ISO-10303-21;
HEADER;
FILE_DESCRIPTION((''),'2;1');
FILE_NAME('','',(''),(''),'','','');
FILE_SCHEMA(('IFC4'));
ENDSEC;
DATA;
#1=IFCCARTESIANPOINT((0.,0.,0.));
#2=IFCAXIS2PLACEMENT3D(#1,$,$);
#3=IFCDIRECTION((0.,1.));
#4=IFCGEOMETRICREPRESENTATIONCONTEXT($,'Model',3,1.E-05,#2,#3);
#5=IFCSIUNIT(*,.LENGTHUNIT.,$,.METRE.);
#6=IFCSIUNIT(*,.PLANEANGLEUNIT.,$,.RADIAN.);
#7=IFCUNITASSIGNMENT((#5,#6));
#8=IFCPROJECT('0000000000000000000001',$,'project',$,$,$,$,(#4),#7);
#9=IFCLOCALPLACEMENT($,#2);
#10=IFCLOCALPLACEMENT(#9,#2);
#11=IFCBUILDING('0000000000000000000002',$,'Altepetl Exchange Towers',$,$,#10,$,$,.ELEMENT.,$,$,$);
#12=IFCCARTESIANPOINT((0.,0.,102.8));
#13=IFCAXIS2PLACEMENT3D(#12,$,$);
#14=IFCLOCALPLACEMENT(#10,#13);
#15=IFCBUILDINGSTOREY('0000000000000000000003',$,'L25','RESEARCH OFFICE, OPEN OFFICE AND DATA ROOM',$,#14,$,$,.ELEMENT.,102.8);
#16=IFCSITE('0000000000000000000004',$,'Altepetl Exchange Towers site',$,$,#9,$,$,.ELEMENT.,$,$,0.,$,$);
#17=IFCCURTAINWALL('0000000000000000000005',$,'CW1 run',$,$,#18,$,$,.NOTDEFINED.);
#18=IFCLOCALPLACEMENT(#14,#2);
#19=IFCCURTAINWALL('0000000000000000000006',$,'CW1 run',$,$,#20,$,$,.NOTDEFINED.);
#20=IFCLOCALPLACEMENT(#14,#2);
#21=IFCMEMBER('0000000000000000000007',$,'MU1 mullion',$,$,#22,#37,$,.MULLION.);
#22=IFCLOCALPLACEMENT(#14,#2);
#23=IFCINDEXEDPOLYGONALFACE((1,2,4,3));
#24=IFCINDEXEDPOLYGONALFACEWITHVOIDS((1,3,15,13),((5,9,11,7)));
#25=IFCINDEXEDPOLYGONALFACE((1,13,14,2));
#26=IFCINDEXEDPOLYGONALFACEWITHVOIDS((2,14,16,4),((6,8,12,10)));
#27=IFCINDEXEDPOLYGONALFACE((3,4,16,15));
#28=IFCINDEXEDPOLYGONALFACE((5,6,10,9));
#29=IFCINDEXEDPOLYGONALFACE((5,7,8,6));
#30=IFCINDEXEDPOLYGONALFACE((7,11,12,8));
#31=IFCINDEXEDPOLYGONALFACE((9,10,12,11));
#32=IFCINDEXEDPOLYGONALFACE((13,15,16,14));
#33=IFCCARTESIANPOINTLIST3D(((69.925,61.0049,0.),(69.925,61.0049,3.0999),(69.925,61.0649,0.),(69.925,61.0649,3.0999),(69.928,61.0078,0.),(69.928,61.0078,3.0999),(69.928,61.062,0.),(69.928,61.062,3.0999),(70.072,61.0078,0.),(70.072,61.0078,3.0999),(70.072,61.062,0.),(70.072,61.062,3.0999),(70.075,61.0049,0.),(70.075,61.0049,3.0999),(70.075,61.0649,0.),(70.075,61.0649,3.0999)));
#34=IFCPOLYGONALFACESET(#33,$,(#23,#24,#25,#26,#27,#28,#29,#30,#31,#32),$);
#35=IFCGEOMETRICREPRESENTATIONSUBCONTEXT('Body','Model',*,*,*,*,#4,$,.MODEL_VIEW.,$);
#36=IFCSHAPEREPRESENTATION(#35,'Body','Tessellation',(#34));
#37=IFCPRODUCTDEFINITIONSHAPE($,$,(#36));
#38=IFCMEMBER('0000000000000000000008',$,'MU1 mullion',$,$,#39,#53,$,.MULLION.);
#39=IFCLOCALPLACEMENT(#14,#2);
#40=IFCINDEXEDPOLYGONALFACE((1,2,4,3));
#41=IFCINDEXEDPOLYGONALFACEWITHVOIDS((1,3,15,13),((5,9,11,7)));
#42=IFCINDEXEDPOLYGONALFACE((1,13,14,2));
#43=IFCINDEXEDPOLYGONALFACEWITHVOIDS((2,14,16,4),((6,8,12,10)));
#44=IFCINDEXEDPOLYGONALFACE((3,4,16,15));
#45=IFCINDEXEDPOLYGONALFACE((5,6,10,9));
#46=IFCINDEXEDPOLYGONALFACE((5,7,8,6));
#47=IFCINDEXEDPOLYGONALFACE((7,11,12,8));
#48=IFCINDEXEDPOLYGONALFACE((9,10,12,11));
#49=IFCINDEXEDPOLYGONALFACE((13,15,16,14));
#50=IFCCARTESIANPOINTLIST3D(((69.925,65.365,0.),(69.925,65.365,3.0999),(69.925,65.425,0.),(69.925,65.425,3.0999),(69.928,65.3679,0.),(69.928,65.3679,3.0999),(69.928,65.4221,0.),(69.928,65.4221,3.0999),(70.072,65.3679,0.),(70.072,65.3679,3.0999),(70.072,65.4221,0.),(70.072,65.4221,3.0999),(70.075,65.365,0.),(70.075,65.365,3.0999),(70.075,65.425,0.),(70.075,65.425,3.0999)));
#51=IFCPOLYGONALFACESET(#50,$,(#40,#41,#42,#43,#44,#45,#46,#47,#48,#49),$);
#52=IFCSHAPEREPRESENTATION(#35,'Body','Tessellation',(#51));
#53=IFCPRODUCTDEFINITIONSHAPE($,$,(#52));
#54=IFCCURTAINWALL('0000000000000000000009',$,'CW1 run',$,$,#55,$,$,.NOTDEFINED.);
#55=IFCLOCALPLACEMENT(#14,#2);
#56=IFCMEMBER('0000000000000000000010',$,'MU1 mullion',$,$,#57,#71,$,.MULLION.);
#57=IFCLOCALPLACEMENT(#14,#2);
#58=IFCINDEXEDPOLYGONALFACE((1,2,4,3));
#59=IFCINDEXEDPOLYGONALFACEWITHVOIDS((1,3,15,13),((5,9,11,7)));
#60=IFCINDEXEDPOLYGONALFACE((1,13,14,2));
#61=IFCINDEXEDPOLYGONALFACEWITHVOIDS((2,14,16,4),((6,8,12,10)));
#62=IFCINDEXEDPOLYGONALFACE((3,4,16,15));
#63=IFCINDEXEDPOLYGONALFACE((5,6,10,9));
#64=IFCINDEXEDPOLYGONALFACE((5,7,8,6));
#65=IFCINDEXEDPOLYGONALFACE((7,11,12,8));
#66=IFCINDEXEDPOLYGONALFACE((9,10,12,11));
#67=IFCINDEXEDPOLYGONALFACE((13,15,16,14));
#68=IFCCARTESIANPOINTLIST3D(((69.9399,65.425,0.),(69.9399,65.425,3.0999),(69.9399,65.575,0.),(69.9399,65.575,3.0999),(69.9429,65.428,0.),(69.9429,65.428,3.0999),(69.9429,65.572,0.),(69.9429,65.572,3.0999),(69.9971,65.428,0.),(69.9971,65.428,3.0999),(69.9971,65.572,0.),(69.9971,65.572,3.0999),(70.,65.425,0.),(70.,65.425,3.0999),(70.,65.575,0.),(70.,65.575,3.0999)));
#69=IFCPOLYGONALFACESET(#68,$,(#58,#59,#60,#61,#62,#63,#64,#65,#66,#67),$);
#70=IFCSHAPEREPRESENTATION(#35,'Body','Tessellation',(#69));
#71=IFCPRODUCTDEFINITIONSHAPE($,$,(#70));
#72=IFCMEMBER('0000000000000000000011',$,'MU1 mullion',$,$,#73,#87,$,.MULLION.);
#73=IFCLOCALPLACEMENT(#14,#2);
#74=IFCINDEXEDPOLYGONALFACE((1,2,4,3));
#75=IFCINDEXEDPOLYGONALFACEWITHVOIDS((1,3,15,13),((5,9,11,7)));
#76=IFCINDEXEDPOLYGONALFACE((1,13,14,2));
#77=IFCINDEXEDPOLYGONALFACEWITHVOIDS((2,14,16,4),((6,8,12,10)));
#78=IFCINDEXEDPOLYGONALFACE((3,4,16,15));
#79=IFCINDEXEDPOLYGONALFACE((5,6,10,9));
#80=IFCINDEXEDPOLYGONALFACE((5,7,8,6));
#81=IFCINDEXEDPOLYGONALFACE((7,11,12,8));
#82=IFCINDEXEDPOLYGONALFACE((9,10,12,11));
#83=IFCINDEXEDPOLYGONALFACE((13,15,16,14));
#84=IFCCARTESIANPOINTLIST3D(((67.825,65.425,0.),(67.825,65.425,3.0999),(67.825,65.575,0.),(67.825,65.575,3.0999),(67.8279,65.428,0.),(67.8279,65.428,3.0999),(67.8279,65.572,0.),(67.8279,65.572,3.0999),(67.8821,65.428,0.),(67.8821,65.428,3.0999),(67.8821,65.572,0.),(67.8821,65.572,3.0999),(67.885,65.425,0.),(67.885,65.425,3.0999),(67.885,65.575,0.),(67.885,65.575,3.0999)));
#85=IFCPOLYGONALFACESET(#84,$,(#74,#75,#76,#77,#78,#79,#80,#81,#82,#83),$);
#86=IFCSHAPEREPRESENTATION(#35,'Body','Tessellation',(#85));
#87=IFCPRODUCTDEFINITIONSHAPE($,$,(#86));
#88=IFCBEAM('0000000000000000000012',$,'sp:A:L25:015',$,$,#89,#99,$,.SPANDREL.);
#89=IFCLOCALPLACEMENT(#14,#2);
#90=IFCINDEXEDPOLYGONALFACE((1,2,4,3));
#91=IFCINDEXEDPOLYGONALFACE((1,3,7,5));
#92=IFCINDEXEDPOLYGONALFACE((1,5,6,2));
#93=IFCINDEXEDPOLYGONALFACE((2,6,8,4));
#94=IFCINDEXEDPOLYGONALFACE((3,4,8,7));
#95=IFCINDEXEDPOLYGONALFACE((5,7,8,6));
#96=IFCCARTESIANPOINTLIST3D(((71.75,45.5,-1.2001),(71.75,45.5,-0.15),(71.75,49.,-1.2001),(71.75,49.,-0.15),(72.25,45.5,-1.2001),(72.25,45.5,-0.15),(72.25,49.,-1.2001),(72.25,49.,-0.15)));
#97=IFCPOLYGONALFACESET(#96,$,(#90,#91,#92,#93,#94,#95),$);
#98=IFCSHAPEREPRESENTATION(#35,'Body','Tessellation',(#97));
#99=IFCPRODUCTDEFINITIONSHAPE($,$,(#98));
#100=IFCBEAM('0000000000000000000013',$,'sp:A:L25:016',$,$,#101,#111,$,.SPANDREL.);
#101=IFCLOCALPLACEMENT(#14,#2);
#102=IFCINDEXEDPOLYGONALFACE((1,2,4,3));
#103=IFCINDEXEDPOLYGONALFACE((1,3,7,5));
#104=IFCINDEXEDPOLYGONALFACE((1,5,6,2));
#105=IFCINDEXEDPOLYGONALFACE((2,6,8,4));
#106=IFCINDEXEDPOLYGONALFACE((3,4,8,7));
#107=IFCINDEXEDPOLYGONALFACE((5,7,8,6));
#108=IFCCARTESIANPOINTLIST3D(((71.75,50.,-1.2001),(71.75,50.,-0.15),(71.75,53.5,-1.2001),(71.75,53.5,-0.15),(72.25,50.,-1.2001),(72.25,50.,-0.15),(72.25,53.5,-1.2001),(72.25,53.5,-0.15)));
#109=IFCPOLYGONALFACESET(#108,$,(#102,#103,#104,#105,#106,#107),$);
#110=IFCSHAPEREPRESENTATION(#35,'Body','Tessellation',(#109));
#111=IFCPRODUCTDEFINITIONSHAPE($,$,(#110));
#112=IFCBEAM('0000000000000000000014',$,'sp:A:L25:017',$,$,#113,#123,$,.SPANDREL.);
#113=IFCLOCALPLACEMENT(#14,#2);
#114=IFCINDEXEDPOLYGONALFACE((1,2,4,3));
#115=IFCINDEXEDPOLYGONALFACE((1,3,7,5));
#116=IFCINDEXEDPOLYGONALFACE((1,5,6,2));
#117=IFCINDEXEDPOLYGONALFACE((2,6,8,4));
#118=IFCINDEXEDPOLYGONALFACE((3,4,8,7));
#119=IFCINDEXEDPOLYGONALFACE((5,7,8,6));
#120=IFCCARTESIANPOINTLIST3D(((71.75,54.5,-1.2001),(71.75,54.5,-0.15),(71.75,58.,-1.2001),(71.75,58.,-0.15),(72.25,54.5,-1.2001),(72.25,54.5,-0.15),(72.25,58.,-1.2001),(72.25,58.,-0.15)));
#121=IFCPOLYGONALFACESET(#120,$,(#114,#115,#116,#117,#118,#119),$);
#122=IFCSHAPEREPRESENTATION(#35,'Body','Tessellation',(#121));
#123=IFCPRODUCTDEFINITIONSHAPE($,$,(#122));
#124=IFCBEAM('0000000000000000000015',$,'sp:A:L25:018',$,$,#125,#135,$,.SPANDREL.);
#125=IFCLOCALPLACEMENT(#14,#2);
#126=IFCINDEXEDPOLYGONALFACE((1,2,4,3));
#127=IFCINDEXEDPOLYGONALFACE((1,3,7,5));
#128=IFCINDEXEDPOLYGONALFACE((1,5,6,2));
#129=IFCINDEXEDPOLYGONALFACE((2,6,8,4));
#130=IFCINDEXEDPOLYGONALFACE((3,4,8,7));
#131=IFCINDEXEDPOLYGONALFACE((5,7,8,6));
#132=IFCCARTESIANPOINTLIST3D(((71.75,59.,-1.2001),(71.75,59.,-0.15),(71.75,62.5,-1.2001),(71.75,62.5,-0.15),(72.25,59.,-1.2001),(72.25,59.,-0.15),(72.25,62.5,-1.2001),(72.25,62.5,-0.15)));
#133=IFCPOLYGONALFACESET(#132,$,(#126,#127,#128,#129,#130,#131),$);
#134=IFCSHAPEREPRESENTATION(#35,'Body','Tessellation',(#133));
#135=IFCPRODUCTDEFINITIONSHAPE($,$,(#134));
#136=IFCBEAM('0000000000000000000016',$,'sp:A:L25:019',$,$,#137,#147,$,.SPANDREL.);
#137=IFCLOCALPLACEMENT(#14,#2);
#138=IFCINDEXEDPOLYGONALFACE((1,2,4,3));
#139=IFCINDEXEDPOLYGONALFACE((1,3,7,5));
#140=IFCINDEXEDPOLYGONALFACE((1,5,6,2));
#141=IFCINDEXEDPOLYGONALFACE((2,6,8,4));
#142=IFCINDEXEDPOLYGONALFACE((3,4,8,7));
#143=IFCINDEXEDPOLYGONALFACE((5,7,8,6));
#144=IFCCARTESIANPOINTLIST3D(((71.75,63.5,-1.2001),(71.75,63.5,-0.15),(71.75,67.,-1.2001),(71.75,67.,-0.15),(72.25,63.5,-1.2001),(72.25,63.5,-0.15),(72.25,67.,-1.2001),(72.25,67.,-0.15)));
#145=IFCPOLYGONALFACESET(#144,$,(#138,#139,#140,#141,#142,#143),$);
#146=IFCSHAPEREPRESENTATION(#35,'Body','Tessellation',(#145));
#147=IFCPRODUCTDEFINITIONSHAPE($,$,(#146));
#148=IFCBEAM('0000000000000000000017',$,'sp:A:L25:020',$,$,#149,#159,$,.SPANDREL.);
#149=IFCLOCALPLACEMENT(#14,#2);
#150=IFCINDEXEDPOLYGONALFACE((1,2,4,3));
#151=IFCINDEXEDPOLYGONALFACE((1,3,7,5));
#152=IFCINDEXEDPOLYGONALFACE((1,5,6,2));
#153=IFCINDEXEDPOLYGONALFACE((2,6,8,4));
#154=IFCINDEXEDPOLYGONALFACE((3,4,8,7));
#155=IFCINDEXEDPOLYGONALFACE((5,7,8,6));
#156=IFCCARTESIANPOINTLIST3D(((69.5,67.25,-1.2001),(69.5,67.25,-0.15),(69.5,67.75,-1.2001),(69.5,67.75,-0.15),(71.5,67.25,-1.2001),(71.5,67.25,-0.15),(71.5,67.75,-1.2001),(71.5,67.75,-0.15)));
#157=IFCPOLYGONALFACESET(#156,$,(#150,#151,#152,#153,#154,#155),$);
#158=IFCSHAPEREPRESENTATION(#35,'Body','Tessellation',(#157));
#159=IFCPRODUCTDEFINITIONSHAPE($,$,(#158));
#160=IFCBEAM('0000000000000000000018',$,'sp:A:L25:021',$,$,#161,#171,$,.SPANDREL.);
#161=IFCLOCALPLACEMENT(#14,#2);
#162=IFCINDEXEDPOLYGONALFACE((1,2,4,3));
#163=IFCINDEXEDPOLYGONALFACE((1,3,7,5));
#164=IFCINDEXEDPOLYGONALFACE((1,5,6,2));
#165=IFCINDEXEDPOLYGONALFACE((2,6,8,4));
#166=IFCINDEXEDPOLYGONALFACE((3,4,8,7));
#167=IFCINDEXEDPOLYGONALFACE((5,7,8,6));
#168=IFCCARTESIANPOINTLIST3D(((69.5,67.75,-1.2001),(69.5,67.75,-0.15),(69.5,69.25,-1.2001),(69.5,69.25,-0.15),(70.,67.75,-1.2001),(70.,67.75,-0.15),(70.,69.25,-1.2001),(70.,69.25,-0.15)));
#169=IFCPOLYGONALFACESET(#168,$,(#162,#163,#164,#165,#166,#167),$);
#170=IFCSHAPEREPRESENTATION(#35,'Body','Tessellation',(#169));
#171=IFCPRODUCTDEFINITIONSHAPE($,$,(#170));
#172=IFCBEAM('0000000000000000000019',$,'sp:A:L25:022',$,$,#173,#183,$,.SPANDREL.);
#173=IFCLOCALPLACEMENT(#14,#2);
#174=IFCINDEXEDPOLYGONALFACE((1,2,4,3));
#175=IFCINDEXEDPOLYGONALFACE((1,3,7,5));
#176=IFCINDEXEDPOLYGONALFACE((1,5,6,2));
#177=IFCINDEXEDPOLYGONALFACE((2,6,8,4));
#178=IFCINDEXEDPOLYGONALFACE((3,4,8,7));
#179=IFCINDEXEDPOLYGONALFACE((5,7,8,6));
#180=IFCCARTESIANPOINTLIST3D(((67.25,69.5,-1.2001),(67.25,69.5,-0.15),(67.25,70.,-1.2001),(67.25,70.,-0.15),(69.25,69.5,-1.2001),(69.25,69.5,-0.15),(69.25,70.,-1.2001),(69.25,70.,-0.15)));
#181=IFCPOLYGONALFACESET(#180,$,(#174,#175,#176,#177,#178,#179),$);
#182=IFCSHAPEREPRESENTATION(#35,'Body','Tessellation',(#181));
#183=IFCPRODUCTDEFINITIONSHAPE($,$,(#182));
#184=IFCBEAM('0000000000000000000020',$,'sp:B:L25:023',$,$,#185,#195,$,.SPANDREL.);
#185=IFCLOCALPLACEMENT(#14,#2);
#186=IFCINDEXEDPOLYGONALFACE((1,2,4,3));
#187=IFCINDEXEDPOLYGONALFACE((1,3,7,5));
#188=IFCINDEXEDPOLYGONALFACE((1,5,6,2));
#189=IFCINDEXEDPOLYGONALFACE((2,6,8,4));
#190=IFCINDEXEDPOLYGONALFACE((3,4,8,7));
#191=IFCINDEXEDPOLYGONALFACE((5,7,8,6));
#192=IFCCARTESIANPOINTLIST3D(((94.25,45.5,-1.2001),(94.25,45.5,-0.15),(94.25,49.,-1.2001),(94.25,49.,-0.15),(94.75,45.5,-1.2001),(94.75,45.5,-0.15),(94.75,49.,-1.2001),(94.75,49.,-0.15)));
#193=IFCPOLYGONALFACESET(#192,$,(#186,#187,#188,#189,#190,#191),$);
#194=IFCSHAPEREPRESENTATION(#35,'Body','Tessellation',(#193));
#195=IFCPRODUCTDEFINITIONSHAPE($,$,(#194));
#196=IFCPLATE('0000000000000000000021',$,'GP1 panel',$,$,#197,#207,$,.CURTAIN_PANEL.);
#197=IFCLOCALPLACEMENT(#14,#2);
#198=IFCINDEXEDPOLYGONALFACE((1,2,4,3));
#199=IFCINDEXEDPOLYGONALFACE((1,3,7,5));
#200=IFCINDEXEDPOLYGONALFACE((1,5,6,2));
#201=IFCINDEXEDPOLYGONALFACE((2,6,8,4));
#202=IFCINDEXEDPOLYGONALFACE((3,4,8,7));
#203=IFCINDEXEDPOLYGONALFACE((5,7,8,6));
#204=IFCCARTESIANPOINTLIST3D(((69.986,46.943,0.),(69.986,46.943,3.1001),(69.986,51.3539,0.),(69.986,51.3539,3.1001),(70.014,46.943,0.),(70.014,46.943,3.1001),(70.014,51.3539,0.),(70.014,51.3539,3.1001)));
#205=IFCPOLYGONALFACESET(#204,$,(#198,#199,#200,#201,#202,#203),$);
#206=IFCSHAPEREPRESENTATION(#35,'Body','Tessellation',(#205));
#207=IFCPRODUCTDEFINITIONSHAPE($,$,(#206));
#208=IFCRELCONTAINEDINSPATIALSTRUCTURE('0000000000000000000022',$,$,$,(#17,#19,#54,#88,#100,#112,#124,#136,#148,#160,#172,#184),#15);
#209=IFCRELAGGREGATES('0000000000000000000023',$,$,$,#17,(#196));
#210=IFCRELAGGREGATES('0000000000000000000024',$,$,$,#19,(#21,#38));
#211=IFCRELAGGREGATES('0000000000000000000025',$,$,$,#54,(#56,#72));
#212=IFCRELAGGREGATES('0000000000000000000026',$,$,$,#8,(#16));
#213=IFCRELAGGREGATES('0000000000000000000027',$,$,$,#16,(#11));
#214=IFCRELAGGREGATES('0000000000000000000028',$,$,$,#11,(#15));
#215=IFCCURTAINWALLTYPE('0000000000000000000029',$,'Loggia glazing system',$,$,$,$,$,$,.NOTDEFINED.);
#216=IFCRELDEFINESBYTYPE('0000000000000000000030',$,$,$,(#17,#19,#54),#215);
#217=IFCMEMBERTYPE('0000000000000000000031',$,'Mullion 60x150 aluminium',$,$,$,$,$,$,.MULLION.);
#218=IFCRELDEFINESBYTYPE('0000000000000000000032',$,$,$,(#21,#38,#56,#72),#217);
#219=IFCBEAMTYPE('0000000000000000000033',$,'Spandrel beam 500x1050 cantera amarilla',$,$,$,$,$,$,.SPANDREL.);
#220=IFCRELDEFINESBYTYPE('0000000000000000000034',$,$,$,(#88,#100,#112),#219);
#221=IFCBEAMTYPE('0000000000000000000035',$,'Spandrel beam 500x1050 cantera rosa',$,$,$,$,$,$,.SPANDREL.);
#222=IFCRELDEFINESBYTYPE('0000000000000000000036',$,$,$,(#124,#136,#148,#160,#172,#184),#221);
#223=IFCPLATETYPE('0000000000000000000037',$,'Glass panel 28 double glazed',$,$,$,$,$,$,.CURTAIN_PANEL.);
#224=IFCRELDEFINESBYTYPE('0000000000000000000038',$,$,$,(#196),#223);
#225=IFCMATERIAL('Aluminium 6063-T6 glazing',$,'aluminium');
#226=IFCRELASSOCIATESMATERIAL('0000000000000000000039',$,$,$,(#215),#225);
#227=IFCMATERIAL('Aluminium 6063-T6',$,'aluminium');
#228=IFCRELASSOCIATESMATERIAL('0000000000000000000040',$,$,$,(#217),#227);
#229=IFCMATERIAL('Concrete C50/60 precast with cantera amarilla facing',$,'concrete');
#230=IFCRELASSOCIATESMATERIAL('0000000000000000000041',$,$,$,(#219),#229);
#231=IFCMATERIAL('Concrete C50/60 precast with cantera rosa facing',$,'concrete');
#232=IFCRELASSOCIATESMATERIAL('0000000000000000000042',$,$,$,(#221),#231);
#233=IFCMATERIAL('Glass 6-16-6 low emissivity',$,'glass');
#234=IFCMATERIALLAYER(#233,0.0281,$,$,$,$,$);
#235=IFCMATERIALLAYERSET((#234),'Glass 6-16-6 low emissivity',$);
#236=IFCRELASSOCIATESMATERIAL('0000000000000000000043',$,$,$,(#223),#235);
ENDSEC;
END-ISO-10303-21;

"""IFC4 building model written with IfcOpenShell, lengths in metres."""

from ifc_helpers import new_model, si_unit, direction, frame, origin, origin_2d, place, context, subcontext, project, spatial, rectangle, hollow_rectangle, extrude, material, layer, layer_set, material_profile, profile_set, type_object, element, aggregate, save


model = new_model("IFC4")

# Units and contexts
model_context = context("Model", 3, precision=1e-05, world=origin(), true_north=direction((0.0, 1.0)))
body_context = subcontext(model_context, "Body", "Model", "MODEL_VIEW")
ifc_project = project(units=[si_unit("LENGTHUNIT", "METRE"), si_unit("PLANEANGLEUNIT", "RADIAN")], contexts=[model_context])

# Site, building, storey
site_placement = place(None, origin())
site = spatial("IfcSite", under=ifc_project, at=site_placement, Name="Altepetl Exchange Towers site", CompositionType="ELEMENT", RefElevation=0.0)
building_placement = place(site_placement, origin())
building = spatial("IfcBuilding", under=site, at=building_placement, Name="Altepetl Exchange Towers", CompositionType="ELEMENT")
storey_placement = place(building_placement, frame((0.0, 0.0, 102.8)))
storey = spatial("IfcBuildingStorey", under=building, at=storey_placement, Name="L25", Description="RESEARCH OFFICE, OPEN OFFICE AND DATA ROOM", CompositionType="ELEMENT", Elevation=102.8)

# Curtain walls, members
ifc_material_1 = material(Name="Aluminium 6063-T6 glazing", Category="aluminium")
curtain_wall_type = type_object("IfcCurtainWallType", Name="Loggia glazing system", PredefinedType="NOTDEFINED", material=ifc_material_1)
curtain_wall_1_placement = place(storey_placement, origin())
curtain_wall_1 = element("IfcCurtainWall", 1, at=curtain_wall_1_placement, inside=storey, type_object=curtain_wall_type, Name="CW1 run", PredefinedType="NOTDEFINED")
ifc_material_2 = material(Name="Aluminium 6063-T6", Category="aluminium")
ifc_material_profile_1 = material_profile(ifc_material_2, hollow_rectangle(XDim=0.0601, YDim=0.1499, WallThickness=0.0029, at=origin_2d()), Name="Mullion 60x150 aluminium")
ifc_profile_set_1 = profile_set([ifc_material_profile_1], Name="Aluminium 6063-T6")
member_type = type_object("IfcMemberType", Name="Mullion 60x150 aluminium", PredefinedType="MULLION", material=ifc_profile_set_1)
curtain_wall_2_placement = place(storey_placement, origin())
curtain_wall_2 = element("IfcCurtainWall", 2, at=curtain_wall_2_placement, inside=storey, type_object=curtain_wall_type, Name="CW1 run", PredefinedType="NOTDEFINED")
member_1_placement = place(storey_placement, frame((70.0, 61.0349, 0.0), z_axis=(0.0, 0.0, 1.0), x_axis=(0.0, 1.0, 0.0)))
member_1 = element("IfcMember", 3, at=member_1_placement, type_object=member_type, Name="MU1 mullion", PredefinedType="MULLION", context=body_context, shape_type="SweptSolid", body=[
    extrude(hollow_rectangle(XDim=0.0601, YDim=0.1499, WallThickness=0.0029, at=origin_2d()), origin(), (0.0, 0.0, 1.0), 3.0999),
])
member_2_placement = place(storey_placement, frame((70.0, 65.395, 0.0), z_axis=(0.0, 0.0, 1.0), x_axis=(0.0, 1.0, 0.0)))
member_2 = element("IfcMember", 4, at=member_2_placement, type_object=member_type, Name="MU1 mullion", PredefinedType="MULLION", context=body_context, shape_type="SweptSolid", body=[
    extrude(hollow_rectangle(XDim=0.0601, YDim=0.1499, WallThickness=0.0029, at=origin_2d()), origin(), (0.0, 0.0, 1.0), 3.0999),
])
curtain_wall_3_placement = place(storey_placement, origin())
curtain_wall_3 = element("IfcCurtainWall", 5, at=curtain_wall_3_placement, inside=storey, type_object=curtain_wall_type, Name="CW1 run", PredefinedType="NOTDEFINED")
member_3_placement = place(storey_placement, frame((69.97, 65.5, 0.0), z_axis=(0.0, 0.0, 1.0), x_axis=(-1.0, 0.0, 0.0)))
member_3 = element("IfcMember", 6, at=member_3_placement, type_object=member_type, Name="MU1 mullion", PredefinedType="MULLION", context=body_context, shape_type="SweptSolid", body=[
    extrude(hollow_rectangle(XDim=0.0601, YDim=0.1499, WallThickness=0.0029, at=origin_2d()), origin(), (0.0, 0.0, 1.0), 3.0999),
])
member_4_placement = place(storey_placement, frame((67.855, 65.5, 0.0), z_axis=(0.0, 0.0, 1.0), x_axis=(-1.0, 0.0, 0.0)))
member_4 = element("IfcMember", 7, at=member_4_placement, type_object=member_type, Name="MU1 mullion", PredefinedType="MULLION", context=body_context, shape_type="SweptSolid", body=[
    extrude(hollow_rectangle(XDim=0.0601, YDim=0.1499, WallThickness=0.0029, at=origin_2d()), origin(), (0.0, 0.0, 1.0), 3.0999),
])

# Beams
ifc_material_3 = material(Name="Concrete C50/60 precast with cantera amarilla facing", Category="concrete")
ifc_material_profile_2 = material_profile(ifc_material_3, rectangle(XDim=0.5, YDim=1.05, at=origin_2d()), Name="500 x 1050")
ifc_profile_set_2 = profile_set([ifc_material_profile_2], Name="Concrete C50/60 precast with cantera amarilla facing")
beam_type_1 = type_object("IfcBeamType", Name="Spandrel beam 500x1050 cantera amarilla", PredefinedType="SPANDREL", material=ifc_profile_set_2)
for number, where, z_axis, x_axis, name in (
    (8, (72.0, 45.5, -0.675), (0.0, 1.0, 0.0), (-1.0, 0.0, 0.0), "sp:A:L25:015"),
    (9, (72.0, 50.0, -0.675), (0.0, 1.0, 0.0), (-1.0, 0.0, 0.0), "sp:A:L25:016"),
    (10, (72.0, 54.5, -0.675), (0.0, 1.0, 0.0), (-1.0, 0.0, 0.0), "sp:A:L25:017"),
):
    element("IfcBeam", number, at=place(storey_placement, frame(where, z_axis=z_axis, x_axis=x_axis)), inside=storey, type_object=beam_type_1, Name=name, PredefinedType="SPANDREL", context=body_context, shape_type="SweptSolid", body=[
        extrude(rectangle(XDim=0.5, YDim=1.05, at=origin_2d()), origin(), (0.0, 0.0, 1.0), 3.5),
    ])
ifc_material_4 = material(Name="Concrete C50/60 precast with cantera rosa facing", Category="concrete")
ifc_material_profile_3 = material_profile(ifc_material_4, rectangle(XDim=0.5, YDim=1.05, at=origin_2d()), Name="500 x 1050")
ifc_profile_set_3 = profile_set([ifc_material_profile_3], Name="Concrete C50/60 precast with cantera rosa facing")
beam_type_2 = type_object("IfcBeamType", Name="Spandrel beam 500x1050 cantera rosa", PredefinedType="SPANDREL", material=ifc_profile_set_3)
for number, where, z_axis, x_axis, name in (
    (11, (72.0, 59.0, -0.675), (0.0, 1.0, 0.0), (-1.0, 0.0, 0.0), "sp:A:L25:018"),
    (12, (72.0, 63.5, -0.675), (0.0, 1.0, 0.0), (-1.0, 0.0, 0.0), "sp:A:L25:019"),
):
    element("IfcBeam", number, at=place(storey_placement, frame(where, z_axis=z_axis, x_axis=x_axis)), inside=storey, type_object=beam_type_2, Name=name, PredefinedType="SPANDREL", context=body_context, shape_type="SweptSolid", body=[
        extrude(rectangle(XDim=0.5, YDim=1.05, at=origin_2d()), origin(), (0.0, 0.0, 1.0), 3.5),
    ])
beam_1_placement = place(storey_placement, frame((71.5, 67.5, -0.675), z_axis=(-1.0, 0.0, 0.0), x_axis=(0.0, -1.0, 0.0)))
element("IfcBeam", 13, at=beam_1_placement, inside=storey, type_object=beam_type_2, Name="sp:A:L25:020", PredefinedType="SPANDREL", context=body_context, shape_type="SweptSolid", body=[
    extrude(rectangle(XDim=0.5, YDim=1.05, at=origin_2d()), origin(), (0.0, 0.0, 1.0), 2.0),
])
beam_2_placement = place(storey_placement, frame((69.75, 67.75, -0.675), z_axis=(0.0, 1.0, 0.0), x_axis=(-1.0, 0.0, 0.0)))
element("IfcBeam", 14, at=beam_2_placement, inside=storey, type_object=beam_type_2, Name="sp:A:L25:021", PredefinedType="SPANDREL", context=body_context, shape_type="SweptSolid", body=[
    extrude(rectangle(XDim=0.5, YDim=1.05, at=origin_2d()), origin(), (0.0, 0.0, 1.0), 1.5),
])
beam_3_placement = place(storey_placement, frame((69.25, 69.75, -0.675), z_axis=(-1.0, 0.0, 0.0), x_axis=(0.0, -1.0, 0.0)))
element("IfcBeam", 15, at=beam_3_placement, inside=storey, type_object=beam_type_2, Name="sp:A:L25:022", PredefinedType="SPANDREL", context=body_context, shape_type="SweptSolid", body=[
    extrude(rectangle(XDim=0.5, YDim=1.05, at=origin_2d()), origin(), (0.0, 0.0, 1.0), 2.0),
])
beam_4_placement = place(storey_placement, frame((94.5, 49.0, -0.675), z_axis=(0.0, -1.0, 0.0), x_axis=(1.0, 0.0, 0.0)))
element("IfcBeam", 16, at=beam_4_placement, inside=storey, type_object=beam_type_2, Name="sp:B:L25:023", PredefinedType="SPANDREL", context=body_context, shape_type="SweptSolid", body=[
    extrude(rectangle(XDim=0.5, YDim=1.05, at=origin_2d()), origin(), (0.0, 0.0, 1.0), 3.5),
])

# Plate
ifc_material_5 = material(Name="Glass 6-16-6 low emissivity", Category="glass")
ifc_layer = layer(ifc_material_5, 0.0281)
ifc_layer_set = layer_set([ifc_layer], Name="Glass 6-16-6 low emissivity")
plate_type = type_object("IfcPlateType", Name="Glass panel 28 double glazed", PredefinedType="CURTAIN_PANEL", material=ifc_layer_set)
plate_1_placement = place(storey_placement, frame((70.0, 49.1484, 0.0), z_axis=(0.0, 0.0, 1.0), x_axis=(0.0, 1.0, 0.0)))
plate_1 = element("IfcPlate", 17, at=plate_1_placement, type_object=plate_type, Name="GP1 panel", PredefinedType="CURTAIN_PANEL", context=body_context, shape_type="SweptSolid", body=[
    extrude(rectangle(XDim=4.4109, YDim=0.0281, at=origin_2d()), origin(), (0.0, 0.0, 1.0), 3.1001),
])
aggregate(curtain_wall_1, [plate_1])
aggregate(curtain_wall_2, [member_1, member_2])
aggregate(curtain_wall_3, [member_3, member_4])

save(model, "model.ifc")
